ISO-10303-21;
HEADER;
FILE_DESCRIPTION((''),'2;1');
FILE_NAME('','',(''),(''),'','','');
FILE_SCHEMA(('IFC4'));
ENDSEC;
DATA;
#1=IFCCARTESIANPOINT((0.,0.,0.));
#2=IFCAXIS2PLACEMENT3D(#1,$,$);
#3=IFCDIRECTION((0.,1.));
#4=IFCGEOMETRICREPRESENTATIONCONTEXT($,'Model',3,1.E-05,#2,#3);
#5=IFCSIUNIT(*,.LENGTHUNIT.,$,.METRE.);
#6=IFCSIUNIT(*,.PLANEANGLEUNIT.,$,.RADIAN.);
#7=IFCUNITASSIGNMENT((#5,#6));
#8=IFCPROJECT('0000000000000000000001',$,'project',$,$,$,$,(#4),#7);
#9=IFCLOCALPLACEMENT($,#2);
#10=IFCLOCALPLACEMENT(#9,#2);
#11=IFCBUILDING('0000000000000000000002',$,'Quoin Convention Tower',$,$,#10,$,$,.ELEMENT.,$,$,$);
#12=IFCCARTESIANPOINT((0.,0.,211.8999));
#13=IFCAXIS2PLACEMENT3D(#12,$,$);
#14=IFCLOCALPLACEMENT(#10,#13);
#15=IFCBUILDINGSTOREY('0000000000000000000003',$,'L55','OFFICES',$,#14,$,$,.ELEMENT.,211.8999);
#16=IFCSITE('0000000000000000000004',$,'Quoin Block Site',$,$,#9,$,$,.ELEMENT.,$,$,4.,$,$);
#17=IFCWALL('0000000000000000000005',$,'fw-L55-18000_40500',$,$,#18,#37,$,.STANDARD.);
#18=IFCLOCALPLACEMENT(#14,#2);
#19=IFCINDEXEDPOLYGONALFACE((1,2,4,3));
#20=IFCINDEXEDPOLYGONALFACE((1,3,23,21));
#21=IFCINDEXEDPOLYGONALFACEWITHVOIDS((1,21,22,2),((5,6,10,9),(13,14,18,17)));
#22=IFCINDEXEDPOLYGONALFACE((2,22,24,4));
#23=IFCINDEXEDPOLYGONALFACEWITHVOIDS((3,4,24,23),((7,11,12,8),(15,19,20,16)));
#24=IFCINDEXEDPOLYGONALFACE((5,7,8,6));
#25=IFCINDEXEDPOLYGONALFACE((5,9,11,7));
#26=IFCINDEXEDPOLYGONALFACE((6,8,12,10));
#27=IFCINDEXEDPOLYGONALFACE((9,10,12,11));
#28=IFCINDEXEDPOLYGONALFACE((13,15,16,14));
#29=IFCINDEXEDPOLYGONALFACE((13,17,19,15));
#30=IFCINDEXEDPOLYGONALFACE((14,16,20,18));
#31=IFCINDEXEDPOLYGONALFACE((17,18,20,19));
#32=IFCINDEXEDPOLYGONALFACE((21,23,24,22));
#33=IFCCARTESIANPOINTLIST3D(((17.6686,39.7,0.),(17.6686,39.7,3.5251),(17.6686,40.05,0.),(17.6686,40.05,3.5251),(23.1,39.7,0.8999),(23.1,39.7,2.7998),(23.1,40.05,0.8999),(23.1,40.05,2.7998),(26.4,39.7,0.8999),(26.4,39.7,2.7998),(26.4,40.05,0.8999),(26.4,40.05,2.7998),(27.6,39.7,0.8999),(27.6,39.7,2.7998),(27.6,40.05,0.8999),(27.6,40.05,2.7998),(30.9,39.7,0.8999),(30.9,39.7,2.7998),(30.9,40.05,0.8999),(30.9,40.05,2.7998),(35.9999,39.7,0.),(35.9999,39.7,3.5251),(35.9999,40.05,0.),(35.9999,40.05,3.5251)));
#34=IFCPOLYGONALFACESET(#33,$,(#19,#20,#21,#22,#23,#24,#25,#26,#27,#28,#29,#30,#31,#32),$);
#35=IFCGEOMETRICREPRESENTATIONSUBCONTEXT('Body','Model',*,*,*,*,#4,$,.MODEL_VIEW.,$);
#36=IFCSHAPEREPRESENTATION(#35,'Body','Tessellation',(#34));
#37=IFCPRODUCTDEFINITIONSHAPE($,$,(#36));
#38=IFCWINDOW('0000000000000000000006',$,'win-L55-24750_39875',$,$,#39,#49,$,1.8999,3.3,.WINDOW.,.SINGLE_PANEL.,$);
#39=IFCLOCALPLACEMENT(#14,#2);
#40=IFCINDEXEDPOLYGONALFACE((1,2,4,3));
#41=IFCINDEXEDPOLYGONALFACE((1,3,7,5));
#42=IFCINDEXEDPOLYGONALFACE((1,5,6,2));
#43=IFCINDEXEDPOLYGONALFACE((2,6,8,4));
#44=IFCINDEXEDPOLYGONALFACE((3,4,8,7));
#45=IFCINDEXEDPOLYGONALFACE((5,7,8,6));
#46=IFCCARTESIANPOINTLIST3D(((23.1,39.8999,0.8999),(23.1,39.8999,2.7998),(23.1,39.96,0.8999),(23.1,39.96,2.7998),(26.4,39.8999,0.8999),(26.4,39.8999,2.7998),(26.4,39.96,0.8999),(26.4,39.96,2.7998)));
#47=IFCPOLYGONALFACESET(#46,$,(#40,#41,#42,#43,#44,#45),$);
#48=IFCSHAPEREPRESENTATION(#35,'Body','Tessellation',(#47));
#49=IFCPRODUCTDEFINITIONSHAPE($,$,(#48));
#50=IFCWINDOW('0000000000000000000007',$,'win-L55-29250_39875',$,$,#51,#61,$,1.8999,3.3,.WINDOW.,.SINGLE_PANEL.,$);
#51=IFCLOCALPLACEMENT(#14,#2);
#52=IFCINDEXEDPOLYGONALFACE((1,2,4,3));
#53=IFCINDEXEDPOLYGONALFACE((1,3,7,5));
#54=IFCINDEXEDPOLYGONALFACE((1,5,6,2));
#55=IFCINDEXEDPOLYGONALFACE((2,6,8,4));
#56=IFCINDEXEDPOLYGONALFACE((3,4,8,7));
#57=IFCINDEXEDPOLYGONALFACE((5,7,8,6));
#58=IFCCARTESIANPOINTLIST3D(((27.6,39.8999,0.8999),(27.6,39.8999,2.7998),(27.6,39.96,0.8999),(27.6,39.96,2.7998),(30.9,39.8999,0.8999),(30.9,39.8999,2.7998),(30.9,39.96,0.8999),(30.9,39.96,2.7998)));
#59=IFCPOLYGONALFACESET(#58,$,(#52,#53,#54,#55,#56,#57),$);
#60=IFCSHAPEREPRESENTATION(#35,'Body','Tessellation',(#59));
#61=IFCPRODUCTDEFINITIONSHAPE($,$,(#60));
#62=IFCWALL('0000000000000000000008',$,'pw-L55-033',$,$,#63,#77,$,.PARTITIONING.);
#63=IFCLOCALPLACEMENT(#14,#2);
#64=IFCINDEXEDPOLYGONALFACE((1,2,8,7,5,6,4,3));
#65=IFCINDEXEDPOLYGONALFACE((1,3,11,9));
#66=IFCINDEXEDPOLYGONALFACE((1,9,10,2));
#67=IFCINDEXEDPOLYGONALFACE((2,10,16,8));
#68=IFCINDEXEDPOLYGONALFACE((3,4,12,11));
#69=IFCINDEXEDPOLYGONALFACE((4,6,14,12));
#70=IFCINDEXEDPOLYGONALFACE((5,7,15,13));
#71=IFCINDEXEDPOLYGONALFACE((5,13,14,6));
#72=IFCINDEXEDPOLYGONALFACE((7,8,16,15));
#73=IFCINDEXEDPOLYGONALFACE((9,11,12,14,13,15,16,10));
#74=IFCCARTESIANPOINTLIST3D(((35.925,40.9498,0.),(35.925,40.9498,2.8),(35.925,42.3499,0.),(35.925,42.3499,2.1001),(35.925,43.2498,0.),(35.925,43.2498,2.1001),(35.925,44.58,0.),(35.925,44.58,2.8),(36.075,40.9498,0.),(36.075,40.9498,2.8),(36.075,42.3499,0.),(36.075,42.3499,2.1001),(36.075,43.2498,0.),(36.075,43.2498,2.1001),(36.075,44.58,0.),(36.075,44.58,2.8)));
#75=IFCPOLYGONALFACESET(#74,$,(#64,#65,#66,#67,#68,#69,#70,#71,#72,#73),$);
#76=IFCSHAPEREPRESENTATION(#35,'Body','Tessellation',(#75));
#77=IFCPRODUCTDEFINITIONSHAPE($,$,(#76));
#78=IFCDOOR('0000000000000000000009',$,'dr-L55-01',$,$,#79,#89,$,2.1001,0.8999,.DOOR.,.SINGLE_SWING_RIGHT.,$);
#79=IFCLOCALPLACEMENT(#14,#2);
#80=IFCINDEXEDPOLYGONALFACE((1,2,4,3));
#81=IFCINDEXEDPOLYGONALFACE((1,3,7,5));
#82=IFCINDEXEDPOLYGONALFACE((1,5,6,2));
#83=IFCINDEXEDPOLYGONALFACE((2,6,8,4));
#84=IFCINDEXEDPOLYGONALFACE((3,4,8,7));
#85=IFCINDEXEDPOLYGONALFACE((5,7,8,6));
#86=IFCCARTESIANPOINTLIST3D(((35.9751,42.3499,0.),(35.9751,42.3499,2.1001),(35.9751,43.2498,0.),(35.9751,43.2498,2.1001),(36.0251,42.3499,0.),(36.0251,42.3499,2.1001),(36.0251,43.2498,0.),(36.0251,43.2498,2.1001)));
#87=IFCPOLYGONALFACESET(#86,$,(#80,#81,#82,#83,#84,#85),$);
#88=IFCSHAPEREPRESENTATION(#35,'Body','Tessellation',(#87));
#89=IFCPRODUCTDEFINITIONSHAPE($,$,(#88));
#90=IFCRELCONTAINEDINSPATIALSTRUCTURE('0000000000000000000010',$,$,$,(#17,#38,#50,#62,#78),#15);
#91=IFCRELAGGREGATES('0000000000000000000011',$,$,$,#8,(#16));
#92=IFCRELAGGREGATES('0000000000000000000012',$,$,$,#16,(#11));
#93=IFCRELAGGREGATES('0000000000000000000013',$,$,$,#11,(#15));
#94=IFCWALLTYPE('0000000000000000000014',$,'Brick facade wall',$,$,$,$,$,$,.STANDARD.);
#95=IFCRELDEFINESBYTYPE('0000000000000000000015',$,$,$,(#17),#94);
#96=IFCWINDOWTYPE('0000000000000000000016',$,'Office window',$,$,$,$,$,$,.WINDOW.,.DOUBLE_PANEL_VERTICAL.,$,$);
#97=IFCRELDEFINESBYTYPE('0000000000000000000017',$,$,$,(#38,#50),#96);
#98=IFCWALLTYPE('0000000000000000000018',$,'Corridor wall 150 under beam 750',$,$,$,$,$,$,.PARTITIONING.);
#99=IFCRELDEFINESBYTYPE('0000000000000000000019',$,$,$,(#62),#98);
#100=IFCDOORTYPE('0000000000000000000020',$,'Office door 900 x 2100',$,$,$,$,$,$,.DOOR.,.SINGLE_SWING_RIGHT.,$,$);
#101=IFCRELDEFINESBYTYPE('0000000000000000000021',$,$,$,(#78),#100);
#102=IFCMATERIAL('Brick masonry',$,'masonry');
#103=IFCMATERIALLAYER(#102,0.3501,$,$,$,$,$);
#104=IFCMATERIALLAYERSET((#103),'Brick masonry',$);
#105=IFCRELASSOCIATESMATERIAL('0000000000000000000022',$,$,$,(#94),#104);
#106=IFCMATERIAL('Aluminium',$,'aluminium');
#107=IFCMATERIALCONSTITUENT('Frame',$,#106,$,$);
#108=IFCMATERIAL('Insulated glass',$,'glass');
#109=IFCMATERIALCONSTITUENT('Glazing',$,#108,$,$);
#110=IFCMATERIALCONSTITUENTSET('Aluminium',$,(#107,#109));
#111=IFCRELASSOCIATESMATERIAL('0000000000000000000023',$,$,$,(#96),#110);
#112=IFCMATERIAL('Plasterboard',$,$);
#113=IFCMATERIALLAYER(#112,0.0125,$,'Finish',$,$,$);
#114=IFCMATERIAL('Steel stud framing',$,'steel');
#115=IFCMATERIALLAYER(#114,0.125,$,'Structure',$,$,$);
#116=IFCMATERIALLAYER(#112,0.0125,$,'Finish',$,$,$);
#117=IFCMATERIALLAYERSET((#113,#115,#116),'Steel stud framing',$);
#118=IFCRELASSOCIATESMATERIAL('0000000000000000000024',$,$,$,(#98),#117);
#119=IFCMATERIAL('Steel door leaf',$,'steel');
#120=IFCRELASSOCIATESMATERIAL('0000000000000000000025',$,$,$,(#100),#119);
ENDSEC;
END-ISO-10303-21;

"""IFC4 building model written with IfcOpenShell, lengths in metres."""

from ifc_helpers import new_model, si_unit, direction, frame, frame_2d, origin, place, context, subcontext, project, spatial, rectangle, extrude, material, layer, layer_set, constituent, constituent_set, type_object, element, fill, save


model = new_model("IFC4")

# Units and contexts
model_context = context("Model", 3, precision=1e-05, world=origin(), true_north=direction((0.0, 1.0)))
body_context = subcontext(model_context, "Body", "Model", "MODEL_VIEW")
ifc_project = project(units=[si_unit("LENGTHUNIT", "METRE"), si_unit("PLANEANGLEUNIT", "RADIAN")], contexts=[model_context])

# Site, building, storey
site_placement = place(None, origin())
site = spatial("IfcSite", under=ifc_project, at=site_placement, Name="Quoin Block Site", CompositionType="ELEMENT", RefElevation=4.0)
building_placement = place(site_placement, origin())
building = spatial("IfcBuilding", under=site, at=building_placement, Name="Quoin Convention Tower", CompositionType="ELEMENT")
storey_placement = place(building_placement, frame((0.0, 0.0, 211.8999)))
storey = spatial("IfcBuildingStorey", under=building, at=storey_placement, Name="L55", Description="OFFICES", CompositionType="ELEMENT", Elevation=211.8999)

# Wall, openings, windows
ifc_material_1 = material(Name="Brick masonry", Category="masonry")
ifc_layer_1 = layer(ifc_material_1, 0.3501)
ifc_layer_set_1 = layer_set([ifc_layer_1], Name="Brick masonry")
wall_type_1 = type_object("IfcWallType", Name="Brick facade wall", PredefinedType="STANDARD", material=ifc_layer_set_1)
ifc_material_2 = material(Name="Aluminium", Category="aluminium")
ifc_constituent_1 = constituent(ifc_material_2, Name="Frame")
ifc_material_3 = material(Name="Insulated glass", Category="glass")
ifc_constituent_2 = constituent(ifc_material_3, Name="Glazing")
ifc_constituent_set = constituent_set(constituents=[ifc_constituent_1, ifc_constituent_2], Name="Aluminium")
window_type = type_object("IfcWindowType", Name="Office window", PartitioningType="DOUBLE_PANEL_VERTICAL", PredefinedType="WINDOW", material=ifc_constituent_set)
wall_1_placement = place(storey_placement, frame((17.6687, 39.875, 0.0), z_axis=(0.0, 0.0, 1.0), x_axis=(1.0, 0.0, 0.0)))
wall_1 = element("IfcWall", 1, at=wall_1_placement, inside=storey, type_object=wall_type_1, Name="fw-L55-18000_40500", PredefinedType="STANDARD", context=body_context, shape_type="SweptSolid", body=[
    extrude(rectangle(XDim=18.3313, YDim=0.3501, at=frame_2d((9.1655, 0.0))), origin(), (0.0, 0.0, 1.0), 3.5251),
])
opening_1_placement = place(wall_1_placement, frame((5.4314, 0.0, 0.8999)))
opening_1 = element("IfcOpeningElement", 2, at=opening_1_placement, cuts=wall_1, PredefinedType="OPENING", context=body_context, shape_type="SweptSolid", body=[
    extrude(rectangle(XDim=3.3, YDim=1.8999, at=frame_2d((1.6499, 0.95))), frame((0.0, 0.1851, 0.0), z_axis=(0.0, -1.0, 0.0), x_axis=(1.0, 0.0, 0.0)), (0.0, 0.0, 1.0), 0.3701),
])
opening_2_placement = place(wall_1_placement, frame((9.9314, 0.0, 0.8999)))
opening_2 = element("IfcOpeningElement", 3, at=opening_2_placement, cuts=wall_1, PredefinedType="OPENING", context=body_context, shape_type="SweptSolid", body=[
    extrude(rectangle(XDim=3.3, YDim=1.8999, at=frame_2d((1.6499, 0.95))), frame((0.0, 0.1851, 0.0), z_axis=(0.0, -1.0, 0.0), x_axis=(1.0, 0.0, 0.0)), (0.0, 0.0, 1.0), 0.3701),
])
window_1_placement = place(opening_1_placement, origin())
window_1 = element("IfcWindow", 4, at=window_1_placement, inside=storey, type_object=window_type, Name="win-L55-24750_39875", OverallHeight=1.8999, OverallWidth=3.3, PartitioningType="SINGLE_PANEL", PredefinedType="WINDOW", context=body_context, shape_type="SweptSolid", body=[
    extrude(rectangle(XDim=3.3, YDim=1.8999, at=frame_2d((1.6499, 0.95))), frame((0.0, 0.085, 0.0), z_axis=(0.0, -1.0, 0.0), x_axis=(1.0, 0.0, 0.0)), (0.0, 0.0, 1.0), 0.0601),
])
fill(opening_1, window_1)
window_2_placement = place(opening_2_placement, origin())
window_2 = element("IfcWindow", 5, at=window_2_placement, inside=storey, type_object=window_type, Name="win-L55-29250_39875", OverallHeight=1.8999, OverallWidth=3.3, PartitioningType="SINGLE_PANEL", PredefinedType="WINDOW", context=body_context, shape_type="SweptSolid", body=[
    extrude(rectangle(XDim=3.3, YDim=1.8999, at=frame_2d((1.6499, 0.95))), frame((0.0, 0.085, 0.0), z_axis=(0.0, -1.0, 0.0), x_axis=(1.0, 0.0, 0.0)), (0.0, 0.0, 1.0), 0.0601),
])
fill(opening_2, window_2)

# Wall, opening, door
ifc_material_4 = material(Name="Plasterboard")
ifc_layer_2 = layer(ifc_material_4, 0.0125, Name="Finish")
ifc_material_5 = material(Name="Steel stud framing", Category="steel")
ifc_layer_3 = layer(ifc_material_5, 0.125, Name="Structure")
ifc_layer_4 = layer(ifc_material_4, 0.0125, Name="Finish")
ifc_layer_set_2 = layer_set([ifc_layer_2, ifc_layer_3, ifc_layer_4], Name="Steel stud framing")
wall_type_2 = type_object("IfcWallType", Name="Corridor wall 150 under beam 750", PredefinedType="PARTITIONING", material=ifc_layer_set_2)
wall_2_placement = place(storey_placement, frame((36.0, 40.95, 0.0), z_axis=(0.0, 0.0, 1.0), x_axis=(0.0, 1.0, 0.0)))
wall_2 = element("IfcWall", 6, at=wall_2_placement, inside=storey, type_object=wall_type_2, Name="pw-L55-033", PredefinedType="PARTITIONING", context=body_context, shape_type="SweptSolid", body=[
    extrude(rectangle(XDim=3.6301, YDim=0.1499, at=frame_2d((1.8149, 0.0))), origin(), (0.0, 0.0, 1.0), 2.8),
])
opening_3_placement = place(wall_2_placement, frame((1.3999, 0.0, 0.0)))
opening_3 = element("IfcOpeningElement", 7, at=opening_3_placement, cuts=wall_2, PredefinedType="OPENING", context=body_context, shape_type="SweptSolid", body=[
    extrude(rectangle(XDim=0.8999, YDim=2.1001, at=frame_2d((0.45, 1.05))), frame((0.0, 0.085, 0.0), z_axis=(0.0, -1.0, 0.0), x_axis=(1.0, 0.0, 0.0)), (0.0, 0.0, 1.0), 0.1699),
])
ifc_material_6 = material(Name="Steel door leaf", Category="steel")
door_type = type_object("IfcDoorType", Name="Office door 900 x 2100", OperationType="SINGLE_SWING_RIGHT", PredefinedType="DOOR", material=ifc_material_6)
door_placement = place(opening_3_placement, origin())
door = element("IfcDoor", 8, at=door_placement, inside=storey, type_object=door_type, Name="dr-L55-01", OperationType="SINGLE_SWING_RIGHT", OverallHeight=2.1001, OverallWidth=0.8999, PredefinedType="DOOR", context=body_context, shape_type="SweptSolid", body=[
    extrude(rectangle(XDim=0.8999, YDim=2.1001, at=frame_2d((0.45, 1.05))), frame((0.0, 0.0249, 0.0), z_axis=(0.0, -1.0, 0.0), x_axis=(1.0, 0.0, 0.0)), (0.0, 0.0, 1.0), 0.05),
])
fill(opening_3, door)

save(model, "model.ifc")
